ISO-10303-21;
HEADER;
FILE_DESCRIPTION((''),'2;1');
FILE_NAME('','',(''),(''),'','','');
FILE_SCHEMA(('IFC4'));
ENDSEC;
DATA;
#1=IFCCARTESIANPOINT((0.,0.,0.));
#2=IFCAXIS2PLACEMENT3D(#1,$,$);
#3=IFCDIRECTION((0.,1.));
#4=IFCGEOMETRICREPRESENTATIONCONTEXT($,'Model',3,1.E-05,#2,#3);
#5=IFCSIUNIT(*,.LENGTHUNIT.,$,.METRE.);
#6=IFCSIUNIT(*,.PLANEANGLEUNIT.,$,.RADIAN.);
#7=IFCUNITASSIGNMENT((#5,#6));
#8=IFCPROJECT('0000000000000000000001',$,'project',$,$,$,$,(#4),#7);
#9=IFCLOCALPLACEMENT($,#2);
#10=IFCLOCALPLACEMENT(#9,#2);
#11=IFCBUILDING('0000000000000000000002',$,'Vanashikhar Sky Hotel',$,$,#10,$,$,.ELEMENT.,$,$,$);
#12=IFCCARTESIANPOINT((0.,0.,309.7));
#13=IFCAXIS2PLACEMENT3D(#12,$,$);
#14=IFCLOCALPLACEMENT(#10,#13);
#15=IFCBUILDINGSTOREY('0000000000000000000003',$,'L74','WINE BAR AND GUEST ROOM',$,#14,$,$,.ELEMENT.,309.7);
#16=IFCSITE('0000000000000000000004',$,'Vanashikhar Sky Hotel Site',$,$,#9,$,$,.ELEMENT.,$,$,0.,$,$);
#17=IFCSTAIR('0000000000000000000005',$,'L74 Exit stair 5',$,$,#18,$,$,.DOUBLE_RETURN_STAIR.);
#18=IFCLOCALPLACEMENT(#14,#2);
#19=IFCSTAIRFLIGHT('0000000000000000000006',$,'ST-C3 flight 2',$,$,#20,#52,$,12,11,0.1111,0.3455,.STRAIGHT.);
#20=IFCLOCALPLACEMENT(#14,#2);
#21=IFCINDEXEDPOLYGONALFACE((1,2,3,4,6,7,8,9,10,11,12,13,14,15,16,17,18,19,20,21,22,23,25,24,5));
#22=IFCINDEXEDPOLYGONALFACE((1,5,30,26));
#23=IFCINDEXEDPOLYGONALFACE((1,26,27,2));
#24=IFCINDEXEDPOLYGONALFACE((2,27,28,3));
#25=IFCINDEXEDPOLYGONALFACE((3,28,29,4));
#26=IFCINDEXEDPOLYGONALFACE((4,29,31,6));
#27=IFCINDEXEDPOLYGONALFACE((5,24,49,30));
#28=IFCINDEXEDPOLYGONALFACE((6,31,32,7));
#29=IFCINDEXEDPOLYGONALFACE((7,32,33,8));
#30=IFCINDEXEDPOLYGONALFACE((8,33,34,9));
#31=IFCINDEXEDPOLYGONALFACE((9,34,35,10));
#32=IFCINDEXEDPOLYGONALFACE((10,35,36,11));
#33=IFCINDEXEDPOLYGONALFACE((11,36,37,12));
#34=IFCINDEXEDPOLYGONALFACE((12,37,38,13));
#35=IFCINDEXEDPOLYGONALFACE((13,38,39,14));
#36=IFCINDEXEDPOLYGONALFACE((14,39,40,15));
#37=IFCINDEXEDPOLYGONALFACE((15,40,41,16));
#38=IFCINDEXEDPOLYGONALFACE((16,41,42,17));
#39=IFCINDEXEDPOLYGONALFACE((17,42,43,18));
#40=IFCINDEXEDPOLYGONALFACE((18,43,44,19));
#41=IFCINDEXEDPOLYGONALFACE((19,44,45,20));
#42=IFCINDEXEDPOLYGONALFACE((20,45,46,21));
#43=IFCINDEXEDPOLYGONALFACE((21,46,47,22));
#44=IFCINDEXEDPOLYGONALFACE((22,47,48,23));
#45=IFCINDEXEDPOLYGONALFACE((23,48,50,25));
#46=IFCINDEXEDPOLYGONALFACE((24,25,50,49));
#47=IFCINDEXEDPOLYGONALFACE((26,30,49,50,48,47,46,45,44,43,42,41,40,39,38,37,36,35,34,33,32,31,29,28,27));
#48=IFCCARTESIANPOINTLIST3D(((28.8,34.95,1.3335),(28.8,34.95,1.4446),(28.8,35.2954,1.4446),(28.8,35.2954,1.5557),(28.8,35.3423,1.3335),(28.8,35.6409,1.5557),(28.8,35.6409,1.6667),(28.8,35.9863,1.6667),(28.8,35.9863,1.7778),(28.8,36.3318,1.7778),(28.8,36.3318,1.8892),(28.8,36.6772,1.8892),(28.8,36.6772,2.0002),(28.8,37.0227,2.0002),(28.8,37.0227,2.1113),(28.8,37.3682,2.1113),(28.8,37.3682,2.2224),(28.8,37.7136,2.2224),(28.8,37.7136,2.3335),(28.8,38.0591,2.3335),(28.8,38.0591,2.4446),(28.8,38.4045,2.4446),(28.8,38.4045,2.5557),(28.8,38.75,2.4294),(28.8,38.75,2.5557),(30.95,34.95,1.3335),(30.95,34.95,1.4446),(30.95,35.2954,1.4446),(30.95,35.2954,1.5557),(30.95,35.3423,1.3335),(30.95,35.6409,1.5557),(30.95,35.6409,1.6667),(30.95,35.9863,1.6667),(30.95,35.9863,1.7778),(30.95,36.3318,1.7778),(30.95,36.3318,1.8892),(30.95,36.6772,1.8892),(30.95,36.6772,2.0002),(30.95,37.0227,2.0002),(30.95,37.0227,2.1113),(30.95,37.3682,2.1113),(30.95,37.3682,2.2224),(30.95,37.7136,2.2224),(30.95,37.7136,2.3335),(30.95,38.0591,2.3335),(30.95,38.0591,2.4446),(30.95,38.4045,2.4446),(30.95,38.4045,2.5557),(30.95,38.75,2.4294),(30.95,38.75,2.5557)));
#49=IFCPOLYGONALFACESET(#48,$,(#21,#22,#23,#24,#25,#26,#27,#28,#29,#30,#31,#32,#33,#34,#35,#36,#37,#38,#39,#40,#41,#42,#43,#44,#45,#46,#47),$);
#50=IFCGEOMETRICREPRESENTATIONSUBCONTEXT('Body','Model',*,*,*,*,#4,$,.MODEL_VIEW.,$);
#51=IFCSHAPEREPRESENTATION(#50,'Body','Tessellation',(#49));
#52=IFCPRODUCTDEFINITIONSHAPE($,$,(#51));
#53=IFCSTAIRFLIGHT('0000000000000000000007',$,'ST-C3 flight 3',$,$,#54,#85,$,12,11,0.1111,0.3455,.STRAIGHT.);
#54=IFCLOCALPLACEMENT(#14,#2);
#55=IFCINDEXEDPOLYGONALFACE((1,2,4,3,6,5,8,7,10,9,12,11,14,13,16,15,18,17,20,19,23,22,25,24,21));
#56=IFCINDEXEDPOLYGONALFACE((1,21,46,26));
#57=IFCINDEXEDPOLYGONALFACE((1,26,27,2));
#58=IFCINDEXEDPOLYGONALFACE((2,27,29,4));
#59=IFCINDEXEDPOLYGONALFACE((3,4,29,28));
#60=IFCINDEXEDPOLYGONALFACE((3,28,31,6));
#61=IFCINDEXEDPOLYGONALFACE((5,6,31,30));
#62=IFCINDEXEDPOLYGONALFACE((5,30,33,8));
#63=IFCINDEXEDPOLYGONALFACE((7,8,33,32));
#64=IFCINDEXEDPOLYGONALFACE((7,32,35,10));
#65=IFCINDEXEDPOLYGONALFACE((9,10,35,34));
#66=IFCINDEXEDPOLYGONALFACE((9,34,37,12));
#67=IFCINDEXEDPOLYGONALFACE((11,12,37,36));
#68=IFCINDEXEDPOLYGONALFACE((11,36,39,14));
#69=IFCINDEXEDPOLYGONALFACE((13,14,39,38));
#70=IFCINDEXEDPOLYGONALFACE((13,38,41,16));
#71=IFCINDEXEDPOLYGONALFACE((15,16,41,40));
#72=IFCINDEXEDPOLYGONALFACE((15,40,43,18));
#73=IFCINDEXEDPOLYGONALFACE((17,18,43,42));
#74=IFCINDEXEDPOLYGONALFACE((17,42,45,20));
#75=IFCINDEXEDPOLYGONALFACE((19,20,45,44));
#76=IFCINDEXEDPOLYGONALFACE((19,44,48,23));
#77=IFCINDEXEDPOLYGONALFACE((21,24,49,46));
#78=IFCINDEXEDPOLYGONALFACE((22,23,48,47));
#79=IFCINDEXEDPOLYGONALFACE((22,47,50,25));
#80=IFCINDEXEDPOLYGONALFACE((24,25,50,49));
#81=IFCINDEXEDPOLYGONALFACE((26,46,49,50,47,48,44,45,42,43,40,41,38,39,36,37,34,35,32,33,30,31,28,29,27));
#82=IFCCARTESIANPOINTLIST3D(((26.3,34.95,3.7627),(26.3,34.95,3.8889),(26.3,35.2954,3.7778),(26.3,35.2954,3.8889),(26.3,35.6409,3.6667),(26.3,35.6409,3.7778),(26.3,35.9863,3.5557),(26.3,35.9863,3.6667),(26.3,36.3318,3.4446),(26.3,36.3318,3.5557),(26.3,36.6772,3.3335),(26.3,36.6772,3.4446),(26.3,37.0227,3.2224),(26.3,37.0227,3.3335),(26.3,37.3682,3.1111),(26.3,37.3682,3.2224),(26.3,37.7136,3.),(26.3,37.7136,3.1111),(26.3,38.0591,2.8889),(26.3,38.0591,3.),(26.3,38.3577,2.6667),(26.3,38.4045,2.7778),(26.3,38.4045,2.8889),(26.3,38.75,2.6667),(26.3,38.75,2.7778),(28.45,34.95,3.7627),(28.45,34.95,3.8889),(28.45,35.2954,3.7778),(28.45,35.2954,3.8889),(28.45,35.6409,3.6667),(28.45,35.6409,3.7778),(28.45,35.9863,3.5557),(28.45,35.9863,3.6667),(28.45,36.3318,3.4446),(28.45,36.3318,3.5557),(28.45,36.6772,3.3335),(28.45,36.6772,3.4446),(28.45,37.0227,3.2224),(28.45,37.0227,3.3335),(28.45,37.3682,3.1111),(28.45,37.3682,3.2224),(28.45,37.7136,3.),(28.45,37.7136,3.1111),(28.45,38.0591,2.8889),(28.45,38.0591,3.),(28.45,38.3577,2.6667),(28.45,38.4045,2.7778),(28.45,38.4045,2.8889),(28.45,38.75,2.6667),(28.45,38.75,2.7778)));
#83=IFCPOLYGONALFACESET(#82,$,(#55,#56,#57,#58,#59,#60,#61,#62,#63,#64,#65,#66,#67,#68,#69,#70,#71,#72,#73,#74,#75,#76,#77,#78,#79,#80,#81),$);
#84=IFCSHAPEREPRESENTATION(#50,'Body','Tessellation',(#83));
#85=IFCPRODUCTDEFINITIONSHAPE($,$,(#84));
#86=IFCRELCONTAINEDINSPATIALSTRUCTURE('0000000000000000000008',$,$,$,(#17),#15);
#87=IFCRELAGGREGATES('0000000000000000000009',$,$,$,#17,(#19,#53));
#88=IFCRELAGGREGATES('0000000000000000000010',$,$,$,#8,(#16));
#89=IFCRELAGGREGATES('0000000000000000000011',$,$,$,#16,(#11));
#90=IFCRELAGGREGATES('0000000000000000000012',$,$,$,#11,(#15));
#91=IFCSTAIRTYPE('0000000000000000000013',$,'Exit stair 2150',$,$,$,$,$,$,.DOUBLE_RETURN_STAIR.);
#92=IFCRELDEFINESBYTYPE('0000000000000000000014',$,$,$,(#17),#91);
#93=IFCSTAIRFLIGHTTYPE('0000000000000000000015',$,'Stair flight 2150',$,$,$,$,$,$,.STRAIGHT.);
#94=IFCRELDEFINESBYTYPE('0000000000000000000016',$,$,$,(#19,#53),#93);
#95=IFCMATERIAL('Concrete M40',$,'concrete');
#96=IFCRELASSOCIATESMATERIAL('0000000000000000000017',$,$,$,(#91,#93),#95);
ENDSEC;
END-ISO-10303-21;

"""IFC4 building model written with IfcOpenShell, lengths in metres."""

from ifc_helpers import new_model, si_unit, direction, frame, origin, place, context, subcontext, project, spatial, polyline, outline, extrude, source, transform, mapped, material, type_object, element, aggregate, save


model = new_model("IFC4")

# Units and contexts
model_context = context("Model", 3, precision=1e-05, world=origin(), true_north=direction((0.0, 1.0)))
body_context = subcontext(model_context, "Body", "Model", "MODEL_VIEW")
ifc_project = project(units=[si_unit("LENGTHUNIT", "METRE"), si_unit("PLANEANGLEUNIT", "RADIAN")], contexts=[model_context])

# Site, building, storey
site_placement = place(None, origin())
site = spatial("IfcSite", under=ifc_project, at=site_placement, Name="Vanashikhar Sky Hotel Site", CompositionType="ELEMENT", RefElevation=0.0)
building_placement = place(site_placement, origin())
building = spatial("IfcBuilding", under=site, at=building_placement, Name="Vanashikhar Sky Hotel", CompositionType="ELEMENT")
storey_placement = place(building_placement, frame((0.0, 0.0, 309.7)))
storey = spatial("IfcBuildingStorey", under=building, at=storey_placement, Name="L74", Description="WINE BAR AND GUEST ROOM", CompositionType="ELEMENT", Elevation=309.7)

# Stair, stair flights
ifc_material_1 = material(Name="Concrete M40", Category="concrete")
stair_type = type_object("IfcStairType", Name="Exit stair 2150", PredefinedType="DOUBLE_RETURN_STAIR", material=ifc_material_1)
stair_flight_type = type_object("IfcStairFlightType", Name="Stair flight 2150", PredefinedType="STRAIGHT", material=ifc_material_1)
shared_shape_1 = source(origin(), body_context, "Body", "SweptSolid", [
    extrude(outline(polyline([(0.0, 0.0), (0.0, 0.1111), (0.3455, 0.1111), (0.3455, 0.2222), (0.6909, 0.2222), (0.6909, 0.3333), (1.0364, 0.3333), (1.0364, 0.4443), (1.3818, 0.4443), (1.3818, 0.5557), (1.7273, 0.5557), (1.7273, 0.6667), (2.0728, 0.6667), (2.0728, 0.7778), (2.4182, 0.7778), (2.4182, 0.8889), (2.7637, 0.8889), (2.7637, 1.0), (3.1091, 1.0), (3.1091, 1.1111), (3.4546, 1.1111), (3.4546, 1.2222), (3.8, 1.2222), (3.8, 1.3333), (3.8, 1.0959), (0.3923, 0.0), (0.0, 0.0)])), frame((0.0, 1.075, 0.0), z_axis=(0.0, -1.0, 0.0), x_axis=(1.0, 0.0, 0.0)), (0.0, 0.0, 1.0), 2.1499),
])
stair_1_placement = place(storey_placement, origin())
stair_1 = element("IfcStair", 1, at=stair_1_placement, inside=storey, type_object=stair_type, Name="L74 Exit stair 5", PredefinedType="DOUBLE_RETURN_STAIR")
stair_flight_1_placement = place(storey_placement, frame((29.875, 34.95, 1.3335), z_axis=(0.0, 0.0, 1.0), x_axis=(0.0, 1.0, 0.0)))
stair_flight_1 = element("IfcStairFlight", 2, at=stair_flight_1_placement, type_object=stair_flight_type, Name="ST-C3 flight 2", NumberOfRisers=12, NumberOfTreads=11, PredefinedType="STRAIGHT", RiserHeight=0.1111, TreadLength=0.3455, context=body_context, shape_type="MappedRepresentation", body=[
    mapped(shared_shape_1, transform((0.0, 0.0, 0.0), scale=1.0)),
])
stair_flight_2_placement = place(storey_placement, frame((27.375, 38.75, 2.6667), z_axis=(0.0, 0.0, 1.0), x_axis=(0.0, -1.0, 0.0)))
stair_flight_2 = element("IfcStairFlight", 3, at=stair_flight_2_placement, type_object=stair_flight_type, Name="ST-C3 flight 3", NumberOfRisers=12, NumberOfTreads=11, PredefinedType="STRAIGHT", RiserHeight=0.1111, TreadLength=0.3455, context=body_context, shape_type="MappedRepresentation", body=[
    mapped(shared_shape_1, transform((0.0, 0.0, 0.0), scale=1.0)),
])
aggregate(stair_1, [stair_flight_1, stair_flight_2])

save(model, "model.ifc")
